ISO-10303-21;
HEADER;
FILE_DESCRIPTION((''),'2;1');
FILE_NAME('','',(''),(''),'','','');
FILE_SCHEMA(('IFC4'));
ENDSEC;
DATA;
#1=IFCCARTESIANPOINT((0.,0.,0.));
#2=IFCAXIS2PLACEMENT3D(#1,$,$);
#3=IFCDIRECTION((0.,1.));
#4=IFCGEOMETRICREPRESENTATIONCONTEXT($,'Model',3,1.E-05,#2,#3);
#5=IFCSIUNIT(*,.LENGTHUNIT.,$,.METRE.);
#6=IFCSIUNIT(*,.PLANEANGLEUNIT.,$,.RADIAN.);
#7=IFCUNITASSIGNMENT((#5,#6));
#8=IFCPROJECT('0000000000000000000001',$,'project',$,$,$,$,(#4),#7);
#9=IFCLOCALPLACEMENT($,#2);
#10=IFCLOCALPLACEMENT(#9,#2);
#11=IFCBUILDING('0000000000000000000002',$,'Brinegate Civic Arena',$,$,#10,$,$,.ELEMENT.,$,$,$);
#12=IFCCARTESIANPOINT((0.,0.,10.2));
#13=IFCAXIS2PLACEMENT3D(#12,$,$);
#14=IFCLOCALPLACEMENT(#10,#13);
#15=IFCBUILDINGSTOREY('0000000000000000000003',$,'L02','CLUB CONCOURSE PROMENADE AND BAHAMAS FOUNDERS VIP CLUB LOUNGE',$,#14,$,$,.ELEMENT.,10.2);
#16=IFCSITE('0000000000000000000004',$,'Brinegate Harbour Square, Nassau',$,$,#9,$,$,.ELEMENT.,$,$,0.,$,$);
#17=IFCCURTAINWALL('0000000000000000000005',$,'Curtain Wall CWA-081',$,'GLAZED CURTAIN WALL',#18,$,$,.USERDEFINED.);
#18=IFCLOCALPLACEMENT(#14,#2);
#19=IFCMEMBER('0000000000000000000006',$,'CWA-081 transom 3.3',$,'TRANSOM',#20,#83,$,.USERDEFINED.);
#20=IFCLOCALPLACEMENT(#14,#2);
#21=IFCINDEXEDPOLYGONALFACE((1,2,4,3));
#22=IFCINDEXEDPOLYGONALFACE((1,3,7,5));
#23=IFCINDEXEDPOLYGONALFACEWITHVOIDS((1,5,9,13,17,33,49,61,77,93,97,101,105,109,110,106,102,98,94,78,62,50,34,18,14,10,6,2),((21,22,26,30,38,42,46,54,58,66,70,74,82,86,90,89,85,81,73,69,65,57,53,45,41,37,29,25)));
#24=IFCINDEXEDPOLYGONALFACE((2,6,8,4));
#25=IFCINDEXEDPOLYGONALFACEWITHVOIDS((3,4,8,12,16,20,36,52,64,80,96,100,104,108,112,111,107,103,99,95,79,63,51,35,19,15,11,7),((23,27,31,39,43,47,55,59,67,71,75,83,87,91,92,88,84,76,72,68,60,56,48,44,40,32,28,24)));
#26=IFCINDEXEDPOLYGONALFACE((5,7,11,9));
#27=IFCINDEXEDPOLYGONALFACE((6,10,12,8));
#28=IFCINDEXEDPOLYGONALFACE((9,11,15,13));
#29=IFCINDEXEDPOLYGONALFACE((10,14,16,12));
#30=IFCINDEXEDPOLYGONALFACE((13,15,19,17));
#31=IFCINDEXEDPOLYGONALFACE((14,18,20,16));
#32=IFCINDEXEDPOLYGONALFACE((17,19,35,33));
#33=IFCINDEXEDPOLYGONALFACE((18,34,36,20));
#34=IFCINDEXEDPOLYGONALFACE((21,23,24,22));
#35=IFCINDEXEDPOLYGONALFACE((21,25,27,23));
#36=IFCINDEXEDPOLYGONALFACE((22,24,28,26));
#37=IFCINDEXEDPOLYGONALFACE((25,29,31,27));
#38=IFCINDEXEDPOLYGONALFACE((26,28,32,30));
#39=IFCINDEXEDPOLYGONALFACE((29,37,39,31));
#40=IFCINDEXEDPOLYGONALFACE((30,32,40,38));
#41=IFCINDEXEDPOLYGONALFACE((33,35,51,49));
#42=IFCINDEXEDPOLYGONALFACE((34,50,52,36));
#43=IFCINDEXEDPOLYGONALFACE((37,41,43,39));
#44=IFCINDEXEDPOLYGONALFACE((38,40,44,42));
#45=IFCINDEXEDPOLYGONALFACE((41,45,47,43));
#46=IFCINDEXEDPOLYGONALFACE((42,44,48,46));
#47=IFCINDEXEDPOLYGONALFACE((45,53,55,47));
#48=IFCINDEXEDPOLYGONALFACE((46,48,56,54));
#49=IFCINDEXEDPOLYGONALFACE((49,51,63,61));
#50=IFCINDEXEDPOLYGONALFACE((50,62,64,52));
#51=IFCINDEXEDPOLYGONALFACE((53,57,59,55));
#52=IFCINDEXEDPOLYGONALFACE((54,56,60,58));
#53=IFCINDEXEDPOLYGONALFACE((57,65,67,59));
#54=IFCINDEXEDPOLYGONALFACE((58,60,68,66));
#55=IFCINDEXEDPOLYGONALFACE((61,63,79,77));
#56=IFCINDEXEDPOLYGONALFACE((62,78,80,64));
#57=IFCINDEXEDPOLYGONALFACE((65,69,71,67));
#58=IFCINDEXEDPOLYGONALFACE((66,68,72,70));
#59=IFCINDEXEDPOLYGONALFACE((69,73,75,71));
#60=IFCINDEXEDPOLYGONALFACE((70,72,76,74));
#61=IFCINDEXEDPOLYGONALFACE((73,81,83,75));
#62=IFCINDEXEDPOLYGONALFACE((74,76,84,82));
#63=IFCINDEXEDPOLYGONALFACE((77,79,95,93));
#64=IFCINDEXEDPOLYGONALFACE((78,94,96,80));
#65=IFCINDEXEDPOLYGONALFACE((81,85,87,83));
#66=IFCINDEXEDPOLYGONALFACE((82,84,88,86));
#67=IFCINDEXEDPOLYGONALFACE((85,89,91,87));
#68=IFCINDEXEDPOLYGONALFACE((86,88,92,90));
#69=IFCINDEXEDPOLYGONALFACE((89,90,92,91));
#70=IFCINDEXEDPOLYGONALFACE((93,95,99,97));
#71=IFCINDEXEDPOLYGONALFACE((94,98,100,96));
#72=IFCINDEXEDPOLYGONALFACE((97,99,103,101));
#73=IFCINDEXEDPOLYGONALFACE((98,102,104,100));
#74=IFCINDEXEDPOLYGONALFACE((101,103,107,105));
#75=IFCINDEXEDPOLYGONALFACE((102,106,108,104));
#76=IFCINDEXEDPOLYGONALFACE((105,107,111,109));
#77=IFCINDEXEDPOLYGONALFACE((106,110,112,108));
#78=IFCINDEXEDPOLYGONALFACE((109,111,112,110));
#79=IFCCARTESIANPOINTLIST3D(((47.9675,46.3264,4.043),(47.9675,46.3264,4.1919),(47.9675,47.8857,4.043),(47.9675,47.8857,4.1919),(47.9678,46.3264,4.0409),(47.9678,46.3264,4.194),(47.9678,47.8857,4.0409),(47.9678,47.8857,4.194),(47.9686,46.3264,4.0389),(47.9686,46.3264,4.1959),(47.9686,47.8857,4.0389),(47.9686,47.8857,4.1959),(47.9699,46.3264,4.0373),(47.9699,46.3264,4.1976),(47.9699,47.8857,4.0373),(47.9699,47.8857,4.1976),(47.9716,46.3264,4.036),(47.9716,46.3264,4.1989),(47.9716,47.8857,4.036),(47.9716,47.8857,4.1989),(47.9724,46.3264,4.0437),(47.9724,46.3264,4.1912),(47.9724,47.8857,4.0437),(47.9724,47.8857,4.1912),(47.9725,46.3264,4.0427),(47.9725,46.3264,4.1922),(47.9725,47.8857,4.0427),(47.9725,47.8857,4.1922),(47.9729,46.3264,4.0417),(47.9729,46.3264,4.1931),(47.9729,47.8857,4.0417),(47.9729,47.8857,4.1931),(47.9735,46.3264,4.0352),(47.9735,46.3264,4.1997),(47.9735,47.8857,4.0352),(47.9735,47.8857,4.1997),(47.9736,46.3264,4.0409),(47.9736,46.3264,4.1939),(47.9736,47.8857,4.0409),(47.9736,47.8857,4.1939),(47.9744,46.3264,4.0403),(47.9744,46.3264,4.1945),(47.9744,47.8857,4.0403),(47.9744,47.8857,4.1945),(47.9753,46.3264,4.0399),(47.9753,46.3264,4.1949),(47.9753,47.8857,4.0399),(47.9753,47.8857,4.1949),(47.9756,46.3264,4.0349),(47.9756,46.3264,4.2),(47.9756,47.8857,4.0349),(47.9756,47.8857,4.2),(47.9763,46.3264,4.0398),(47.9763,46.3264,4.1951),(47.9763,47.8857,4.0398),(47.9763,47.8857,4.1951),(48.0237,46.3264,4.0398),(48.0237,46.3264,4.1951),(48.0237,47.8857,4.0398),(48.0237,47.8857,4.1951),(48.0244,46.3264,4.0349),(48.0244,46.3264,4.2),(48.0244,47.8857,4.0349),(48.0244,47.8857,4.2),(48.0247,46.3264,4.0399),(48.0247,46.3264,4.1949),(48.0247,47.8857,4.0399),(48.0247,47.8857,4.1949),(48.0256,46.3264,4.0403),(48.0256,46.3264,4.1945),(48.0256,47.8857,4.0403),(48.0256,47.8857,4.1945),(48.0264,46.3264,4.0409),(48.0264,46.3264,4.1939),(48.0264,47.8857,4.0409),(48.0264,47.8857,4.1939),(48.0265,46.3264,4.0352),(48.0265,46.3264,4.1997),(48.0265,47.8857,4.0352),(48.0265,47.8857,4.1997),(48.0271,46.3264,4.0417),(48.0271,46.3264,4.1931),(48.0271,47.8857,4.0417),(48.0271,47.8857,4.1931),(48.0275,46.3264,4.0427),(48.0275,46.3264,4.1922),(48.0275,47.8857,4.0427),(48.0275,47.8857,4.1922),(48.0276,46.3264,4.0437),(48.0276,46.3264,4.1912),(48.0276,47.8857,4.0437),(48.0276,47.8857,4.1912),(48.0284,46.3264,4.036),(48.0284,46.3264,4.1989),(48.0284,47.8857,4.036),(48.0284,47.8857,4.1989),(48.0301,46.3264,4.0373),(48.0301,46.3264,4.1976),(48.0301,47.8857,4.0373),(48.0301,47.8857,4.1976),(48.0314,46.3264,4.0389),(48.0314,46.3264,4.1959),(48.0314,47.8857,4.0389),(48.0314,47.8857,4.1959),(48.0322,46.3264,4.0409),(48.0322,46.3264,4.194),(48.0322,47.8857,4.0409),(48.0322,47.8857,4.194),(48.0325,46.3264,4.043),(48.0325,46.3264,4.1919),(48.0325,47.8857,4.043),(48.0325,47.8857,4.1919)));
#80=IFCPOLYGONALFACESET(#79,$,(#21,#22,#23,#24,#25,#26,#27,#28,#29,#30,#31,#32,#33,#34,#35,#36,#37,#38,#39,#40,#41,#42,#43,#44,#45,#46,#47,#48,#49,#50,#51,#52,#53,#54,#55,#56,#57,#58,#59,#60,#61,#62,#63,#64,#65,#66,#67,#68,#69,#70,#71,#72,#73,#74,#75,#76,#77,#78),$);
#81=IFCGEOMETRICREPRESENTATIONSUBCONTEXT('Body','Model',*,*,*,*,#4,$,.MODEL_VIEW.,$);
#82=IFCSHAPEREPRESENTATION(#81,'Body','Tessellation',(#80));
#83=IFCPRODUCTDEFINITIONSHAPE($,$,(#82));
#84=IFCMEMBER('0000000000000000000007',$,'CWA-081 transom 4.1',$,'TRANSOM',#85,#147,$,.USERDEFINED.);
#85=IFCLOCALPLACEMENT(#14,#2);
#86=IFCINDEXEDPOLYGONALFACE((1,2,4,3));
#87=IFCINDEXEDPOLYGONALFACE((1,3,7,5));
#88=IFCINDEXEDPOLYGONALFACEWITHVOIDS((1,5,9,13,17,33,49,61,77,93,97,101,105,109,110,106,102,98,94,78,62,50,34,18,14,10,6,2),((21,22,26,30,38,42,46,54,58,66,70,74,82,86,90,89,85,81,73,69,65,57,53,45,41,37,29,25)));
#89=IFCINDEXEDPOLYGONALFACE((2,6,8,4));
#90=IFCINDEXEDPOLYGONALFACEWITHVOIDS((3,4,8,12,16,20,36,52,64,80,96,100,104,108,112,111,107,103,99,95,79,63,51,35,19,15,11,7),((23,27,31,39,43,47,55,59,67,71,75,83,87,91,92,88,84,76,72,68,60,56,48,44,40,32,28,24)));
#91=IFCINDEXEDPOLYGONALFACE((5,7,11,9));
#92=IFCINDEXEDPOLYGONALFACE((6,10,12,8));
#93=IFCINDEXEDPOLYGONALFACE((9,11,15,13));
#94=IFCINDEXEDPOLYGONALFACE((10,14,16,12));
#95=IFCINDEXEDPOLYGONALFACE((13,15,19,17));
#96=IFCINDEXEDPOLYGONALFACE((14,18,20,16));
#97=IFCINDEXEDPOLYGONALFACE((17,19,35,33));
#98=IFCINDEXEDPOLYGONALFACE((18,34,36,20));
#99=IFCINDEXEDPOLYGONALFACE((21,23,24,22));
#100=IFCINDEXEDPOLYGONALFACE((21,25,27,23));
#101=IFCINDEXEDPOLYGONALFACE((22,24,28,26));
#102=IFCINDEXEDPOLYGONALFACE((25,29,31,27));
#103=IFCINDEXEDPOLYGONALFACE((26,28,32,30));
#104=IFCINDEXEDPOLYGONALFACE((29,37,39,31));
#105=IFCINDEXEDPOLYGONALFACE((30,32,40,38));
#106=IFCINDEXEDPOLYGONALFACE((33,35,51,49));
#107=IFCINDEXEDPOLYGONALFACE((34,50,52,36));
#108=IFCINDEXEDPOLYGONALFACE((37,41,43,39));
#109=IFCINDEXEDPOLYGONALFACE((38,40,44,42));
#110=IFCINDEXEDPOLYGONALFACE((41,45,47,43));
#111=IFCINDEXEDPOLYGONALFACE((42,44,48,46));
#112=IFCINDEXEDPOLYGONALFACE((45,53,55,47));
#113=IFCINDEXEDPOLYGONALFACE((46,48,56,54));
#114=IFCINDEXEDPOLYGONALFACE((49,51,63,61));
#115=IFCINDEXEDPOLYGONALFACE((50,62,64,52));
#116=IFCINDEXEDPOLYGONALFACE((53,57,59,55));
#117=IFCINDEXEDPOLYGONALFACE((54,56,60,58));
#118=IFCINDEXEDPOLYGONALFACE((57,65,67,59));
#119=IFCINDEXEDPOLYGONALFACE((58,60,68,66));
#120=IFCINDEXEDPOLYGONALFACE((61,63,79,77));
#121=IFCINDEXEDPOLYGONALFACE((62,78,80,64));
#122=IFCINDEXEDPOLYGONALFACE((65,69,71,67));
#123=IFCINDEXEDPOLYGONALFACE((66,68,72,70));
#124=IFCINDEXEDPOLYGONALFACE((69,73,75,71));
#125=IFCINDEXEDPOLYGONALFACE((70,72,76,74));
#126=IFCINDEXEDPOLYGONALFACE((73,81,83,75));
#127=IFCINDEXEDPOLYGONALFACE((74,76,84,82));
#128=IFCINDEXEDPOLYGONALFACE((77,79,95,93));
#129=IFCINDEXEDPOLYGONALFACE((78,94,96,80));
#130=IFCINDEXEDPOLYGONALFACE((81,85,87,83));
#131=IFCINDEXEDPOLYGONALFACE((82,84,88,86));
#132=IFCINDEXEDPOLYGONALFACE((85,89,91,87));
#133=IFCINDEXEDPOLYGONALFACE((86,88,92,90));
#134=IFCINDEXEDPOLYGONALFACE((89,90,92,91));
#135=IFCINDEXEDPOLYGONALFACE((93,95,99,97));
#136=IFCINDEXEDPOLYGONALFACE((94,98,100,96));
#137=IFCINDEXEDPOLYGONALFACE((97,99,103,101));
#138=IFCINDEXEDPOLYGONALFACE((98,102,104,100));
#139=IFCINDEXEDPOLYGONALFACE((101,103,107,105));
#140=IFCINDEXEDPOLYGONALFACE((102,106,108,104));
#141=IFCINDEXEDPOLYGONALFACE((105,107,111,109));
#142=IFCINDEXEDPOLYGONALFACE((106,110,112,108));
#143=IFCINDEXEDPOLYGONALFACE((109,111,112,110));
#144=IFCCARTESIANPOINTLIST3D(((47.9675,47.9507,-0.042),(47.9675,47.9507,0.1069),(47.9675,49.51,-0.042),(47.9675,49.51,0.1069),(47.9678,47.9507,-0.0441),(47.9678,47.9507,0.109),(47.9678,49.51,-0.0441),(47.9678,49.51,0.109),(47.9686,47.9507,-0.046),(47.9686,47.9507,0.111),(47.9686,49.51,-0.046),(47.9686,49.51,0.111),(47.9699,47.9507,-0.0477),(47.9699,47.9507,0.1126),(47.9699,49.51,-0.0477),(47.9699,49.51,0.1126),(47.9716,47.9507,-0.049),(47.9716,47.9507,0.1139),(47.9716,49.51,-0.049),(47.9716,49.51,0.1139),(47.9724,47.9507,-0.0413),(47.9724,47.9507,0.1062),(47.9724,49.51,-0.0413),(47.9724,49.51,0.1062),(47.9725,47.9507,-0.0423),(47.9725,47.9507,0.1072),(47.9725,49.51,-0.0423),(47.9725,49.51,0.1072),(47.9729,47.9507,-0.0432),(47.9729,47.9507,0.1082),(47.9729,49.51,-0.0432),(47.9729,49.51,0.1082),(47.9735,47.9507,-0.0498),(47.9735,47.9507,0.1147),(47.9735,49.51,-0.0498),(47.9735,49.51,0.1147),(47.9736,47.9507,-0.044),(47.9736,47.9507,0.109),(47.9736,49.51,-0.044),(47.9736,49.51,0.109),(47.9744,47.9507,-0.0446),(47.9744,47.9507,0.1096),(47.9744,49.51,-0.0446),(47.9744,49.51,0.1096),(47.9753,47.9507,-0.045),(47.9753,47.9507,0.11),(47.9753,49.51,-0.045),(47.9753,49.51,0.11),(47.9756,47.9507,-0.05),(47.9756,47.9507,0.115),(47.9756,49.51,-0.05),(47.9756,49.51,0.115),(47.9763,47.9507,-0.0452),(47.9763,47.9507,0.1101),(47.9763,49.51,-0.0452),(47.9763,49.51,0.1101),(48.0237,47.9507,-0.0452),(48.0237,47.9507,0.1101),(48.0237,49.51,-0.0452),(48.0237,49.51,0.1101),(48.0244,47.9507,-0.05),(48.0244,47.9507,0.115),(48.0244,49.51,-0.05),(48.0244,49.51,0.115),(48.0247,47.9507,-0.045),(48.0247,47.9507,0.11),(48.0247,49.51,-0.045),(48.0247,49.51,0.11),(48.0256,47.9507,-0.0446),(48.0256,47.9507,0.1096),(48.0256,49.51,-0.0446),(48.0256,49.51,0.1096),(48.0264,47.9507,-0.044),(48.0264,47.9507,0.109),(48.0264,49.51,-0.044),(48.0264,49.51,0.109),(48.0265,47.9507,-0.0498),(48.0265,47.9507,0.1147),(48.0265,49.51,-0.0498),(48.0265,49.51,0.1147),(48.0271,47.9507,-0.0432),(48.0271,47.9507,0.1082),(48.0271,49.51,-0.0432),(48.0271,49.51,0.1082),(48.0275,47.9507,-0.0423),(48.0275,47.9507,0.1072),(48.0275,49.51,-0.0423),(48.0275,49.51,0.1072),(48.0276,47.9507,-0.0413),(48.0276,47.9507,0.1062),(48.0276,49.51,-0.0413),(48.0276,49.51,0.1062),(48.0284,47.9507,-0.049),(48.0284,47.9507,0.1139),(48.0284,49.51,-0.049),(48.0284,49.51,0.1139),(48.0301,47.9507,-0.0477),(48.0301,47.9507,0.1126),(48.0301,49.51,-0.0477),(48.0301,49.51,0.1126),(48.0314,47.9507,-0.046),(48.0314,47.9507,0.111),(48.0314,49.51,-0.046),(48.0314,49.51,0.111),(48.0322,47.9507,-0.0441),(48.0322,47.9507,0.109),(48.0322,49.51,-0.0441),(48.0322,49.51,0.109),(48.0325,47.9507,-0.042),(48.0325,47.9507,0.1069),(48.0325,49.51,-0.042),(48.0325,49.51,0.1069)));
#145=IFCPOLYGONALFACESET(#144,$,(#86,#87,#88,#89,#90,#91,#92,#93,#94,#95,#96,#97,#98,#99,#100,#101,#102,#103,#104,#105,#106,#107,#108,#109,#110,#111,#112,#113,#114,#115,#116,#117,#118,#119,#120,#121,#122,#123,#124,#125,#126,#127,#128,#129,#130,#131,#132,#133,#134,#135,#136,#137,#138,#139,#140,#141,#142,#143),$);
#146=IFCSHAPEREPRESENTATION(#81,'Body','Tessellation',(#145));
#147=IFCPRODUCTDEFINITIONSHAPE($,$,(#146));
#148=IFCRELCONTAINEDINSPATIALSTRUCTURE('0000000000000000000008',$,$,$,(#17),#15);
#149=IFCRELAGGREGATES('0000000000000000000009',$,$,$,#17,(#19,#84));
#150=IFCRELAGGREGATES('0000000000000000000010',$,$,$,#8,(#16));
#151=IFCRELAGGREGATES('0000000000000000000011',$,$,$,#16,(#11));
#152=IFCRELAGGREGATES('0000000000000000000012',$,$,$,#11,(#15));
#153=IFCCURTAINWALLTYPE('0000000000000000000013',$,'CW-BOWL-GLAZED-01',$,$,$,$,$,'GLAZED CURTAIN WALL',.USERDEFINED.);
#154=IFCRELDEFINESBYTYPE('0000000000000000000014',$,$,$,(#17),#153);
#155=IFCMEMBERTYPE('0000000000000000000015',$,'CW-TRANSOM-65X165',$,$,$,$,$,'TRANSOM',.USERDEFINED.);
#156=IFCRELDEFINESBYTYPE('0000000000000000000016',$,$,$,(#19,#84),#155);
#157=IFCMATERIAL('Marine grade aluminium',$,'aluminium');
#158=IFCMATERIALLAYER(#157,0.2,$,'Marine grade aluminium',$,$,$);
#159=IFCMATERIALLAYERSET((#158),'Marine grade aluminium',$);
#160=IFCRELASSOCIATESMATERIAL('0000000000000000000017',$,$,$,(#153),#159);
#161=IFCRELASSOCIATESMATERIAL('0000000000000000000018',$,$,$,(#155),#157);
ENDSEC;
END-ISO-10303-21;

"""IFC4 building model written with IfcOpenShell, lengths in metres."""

from ifc_helpers import new_model, si_unit, direction, frame, origin, origin_2d, place, context, subcontext, project, spatial, hollow_rectangle, extrude, material, layer, layer_set, material_profile, profile_set, type_object, element, aggregate, save


model = new_model("IFC4")

# Units and contexts
model_context = context("Model", 3, precision=1e-05, world=origin(), true_north=direction((0.0, 1.0)))
body_context = subcontext(model_context, "Body", "Model", "MODEL_VIEW")
ifc_project = project(units=[si_unit("LENGTHUNIT", "METRE"), si_unit("PLANEANGLEUNIT", "RADIAN")], contexts=[model_context])

# Site, building, storey
site_placement = place(None, origin())
site = spatial("IfcSite", under=ifc_project, at=site_placement, Name="Brinegate Harbour Square, Nassau", CompositionType="ELEMENT", RefElevation=0.0)
building_placement = place(site_placement, origin())
building = spatial("IfcBuilding", under=site, at=building_placement, Name="Brinegate Civic Arena", CompositionType="ELEMENT")
storey_placement = place(building_placement, frame((0.0, 0.0, 10.2)))
storey = spatial("IfcBuildingStorey", under=building, at=storey_placement, Name="L02", Description="CLUB CONCOURSE PROMENADE AND BAHAMAS FOUNDERS VIP CLUB LOUNGE", CompositionType="ELEMENT", Elevation=10.2)

# Curtain wall, members
ifc_material_1 = material(Name="Marine grade aluminium", Category="aluminium")
ifc_layer_1 = layer(ifc_material_1, 0.2, Name="Marine grade aluminium")
ifc_layer_set_1 = layer_set([ifc_layer_1], Name="Marine grade aluminium")
curtain_wall_type = type_object("IfcCurtainWallType", Name="CW-BOWL-GLAZED-01", ElementType="GLAZED CURTAIN WALL", PredefinedType="USERDEFINED", material=ifc_layer_set_1)
curtain_wall_placement = place(storey_placement, origin())
curtain_wall = element("IfcCurtainWall", 1, at=curtain_wall_placement, inside=storey, type_object=curtain_wall_type, Name="Curtain Wall CWA-081", ObjectType="GLAZED CURTAIN WALL", PredefinedType="USERDEFINED")
ifc_material_profile_1 = material_profile(ifc_material_1, hollow_rectangle(XDim=0.0649, YDim=0.165, WallThickness=0.0049, InnerFilletRadius=0.0039, OuterFilletRadius=0.0081, at=origin_2d()), Name="TRN65X165")
ifc_profile_set_1 = profile_set([ifc_material_profile_1], Name="Marine grade aluminium")
member_type_1 = type_object("IfcMemberType", Name="CW-TRANSOM-65X165", ElementType="TRANSOM", PredefinedType="USERDEFINED", material=ifc_profile_set_1)
member_1_placement = place(storey_placement, frame((48.0, 46.3264, 4.1174), z_axis=(0.0, 1.0, 0.0), x_axis=(-1.0, 0.0, 0.0)))
member_1 = element("IfcMember", 2, at=member_1_placement, type_object=member_type_1, Name="CWA-081 transom 3.3", ObjectType="TRANSOM", PredefinedType="USERDEFINED", context=body_context, shape_type="SweptSolid", body=[
    extrude(hollow_rectangle(XDim=0.0649, YDim=0.165, WallThickness=0.0049, InnerFilletRadius=0.0039, OuterFilletRadius=0.0081, at=origin_2d()), origin(), (0.0, 0.0, 1.0), 1.5593),
])
member_2_placement = place(storey_placement, frame((48.0, 47.9507, 0.0325), z_axis=(0.0, 1.0, 0.0), x_axis=(-1.0, 0.0, 0.0)))
member_2 = element("IfcMember", 3, at=member_2_placement, type_object=member_type_1, Name="CWA-081 transom 4.1", ObjectType="TRANSOM", PredefinedType="USERDEFINED", context=body_context, shape_type="SweptSolid", body=[
    extrude(hollow_rectangle(XDim=0.0649, YDim=0.165, WallThickness=0.0049, InnerFilletRadius=0.0039, OuterFilletRadius=0.0081, at=origin_2d()), origin(), (0.0, 0.0, 1.0), 1.5593),
])
aggregate(curtain_wall, [member_1, member_2])

save(model, "model.ifc")
